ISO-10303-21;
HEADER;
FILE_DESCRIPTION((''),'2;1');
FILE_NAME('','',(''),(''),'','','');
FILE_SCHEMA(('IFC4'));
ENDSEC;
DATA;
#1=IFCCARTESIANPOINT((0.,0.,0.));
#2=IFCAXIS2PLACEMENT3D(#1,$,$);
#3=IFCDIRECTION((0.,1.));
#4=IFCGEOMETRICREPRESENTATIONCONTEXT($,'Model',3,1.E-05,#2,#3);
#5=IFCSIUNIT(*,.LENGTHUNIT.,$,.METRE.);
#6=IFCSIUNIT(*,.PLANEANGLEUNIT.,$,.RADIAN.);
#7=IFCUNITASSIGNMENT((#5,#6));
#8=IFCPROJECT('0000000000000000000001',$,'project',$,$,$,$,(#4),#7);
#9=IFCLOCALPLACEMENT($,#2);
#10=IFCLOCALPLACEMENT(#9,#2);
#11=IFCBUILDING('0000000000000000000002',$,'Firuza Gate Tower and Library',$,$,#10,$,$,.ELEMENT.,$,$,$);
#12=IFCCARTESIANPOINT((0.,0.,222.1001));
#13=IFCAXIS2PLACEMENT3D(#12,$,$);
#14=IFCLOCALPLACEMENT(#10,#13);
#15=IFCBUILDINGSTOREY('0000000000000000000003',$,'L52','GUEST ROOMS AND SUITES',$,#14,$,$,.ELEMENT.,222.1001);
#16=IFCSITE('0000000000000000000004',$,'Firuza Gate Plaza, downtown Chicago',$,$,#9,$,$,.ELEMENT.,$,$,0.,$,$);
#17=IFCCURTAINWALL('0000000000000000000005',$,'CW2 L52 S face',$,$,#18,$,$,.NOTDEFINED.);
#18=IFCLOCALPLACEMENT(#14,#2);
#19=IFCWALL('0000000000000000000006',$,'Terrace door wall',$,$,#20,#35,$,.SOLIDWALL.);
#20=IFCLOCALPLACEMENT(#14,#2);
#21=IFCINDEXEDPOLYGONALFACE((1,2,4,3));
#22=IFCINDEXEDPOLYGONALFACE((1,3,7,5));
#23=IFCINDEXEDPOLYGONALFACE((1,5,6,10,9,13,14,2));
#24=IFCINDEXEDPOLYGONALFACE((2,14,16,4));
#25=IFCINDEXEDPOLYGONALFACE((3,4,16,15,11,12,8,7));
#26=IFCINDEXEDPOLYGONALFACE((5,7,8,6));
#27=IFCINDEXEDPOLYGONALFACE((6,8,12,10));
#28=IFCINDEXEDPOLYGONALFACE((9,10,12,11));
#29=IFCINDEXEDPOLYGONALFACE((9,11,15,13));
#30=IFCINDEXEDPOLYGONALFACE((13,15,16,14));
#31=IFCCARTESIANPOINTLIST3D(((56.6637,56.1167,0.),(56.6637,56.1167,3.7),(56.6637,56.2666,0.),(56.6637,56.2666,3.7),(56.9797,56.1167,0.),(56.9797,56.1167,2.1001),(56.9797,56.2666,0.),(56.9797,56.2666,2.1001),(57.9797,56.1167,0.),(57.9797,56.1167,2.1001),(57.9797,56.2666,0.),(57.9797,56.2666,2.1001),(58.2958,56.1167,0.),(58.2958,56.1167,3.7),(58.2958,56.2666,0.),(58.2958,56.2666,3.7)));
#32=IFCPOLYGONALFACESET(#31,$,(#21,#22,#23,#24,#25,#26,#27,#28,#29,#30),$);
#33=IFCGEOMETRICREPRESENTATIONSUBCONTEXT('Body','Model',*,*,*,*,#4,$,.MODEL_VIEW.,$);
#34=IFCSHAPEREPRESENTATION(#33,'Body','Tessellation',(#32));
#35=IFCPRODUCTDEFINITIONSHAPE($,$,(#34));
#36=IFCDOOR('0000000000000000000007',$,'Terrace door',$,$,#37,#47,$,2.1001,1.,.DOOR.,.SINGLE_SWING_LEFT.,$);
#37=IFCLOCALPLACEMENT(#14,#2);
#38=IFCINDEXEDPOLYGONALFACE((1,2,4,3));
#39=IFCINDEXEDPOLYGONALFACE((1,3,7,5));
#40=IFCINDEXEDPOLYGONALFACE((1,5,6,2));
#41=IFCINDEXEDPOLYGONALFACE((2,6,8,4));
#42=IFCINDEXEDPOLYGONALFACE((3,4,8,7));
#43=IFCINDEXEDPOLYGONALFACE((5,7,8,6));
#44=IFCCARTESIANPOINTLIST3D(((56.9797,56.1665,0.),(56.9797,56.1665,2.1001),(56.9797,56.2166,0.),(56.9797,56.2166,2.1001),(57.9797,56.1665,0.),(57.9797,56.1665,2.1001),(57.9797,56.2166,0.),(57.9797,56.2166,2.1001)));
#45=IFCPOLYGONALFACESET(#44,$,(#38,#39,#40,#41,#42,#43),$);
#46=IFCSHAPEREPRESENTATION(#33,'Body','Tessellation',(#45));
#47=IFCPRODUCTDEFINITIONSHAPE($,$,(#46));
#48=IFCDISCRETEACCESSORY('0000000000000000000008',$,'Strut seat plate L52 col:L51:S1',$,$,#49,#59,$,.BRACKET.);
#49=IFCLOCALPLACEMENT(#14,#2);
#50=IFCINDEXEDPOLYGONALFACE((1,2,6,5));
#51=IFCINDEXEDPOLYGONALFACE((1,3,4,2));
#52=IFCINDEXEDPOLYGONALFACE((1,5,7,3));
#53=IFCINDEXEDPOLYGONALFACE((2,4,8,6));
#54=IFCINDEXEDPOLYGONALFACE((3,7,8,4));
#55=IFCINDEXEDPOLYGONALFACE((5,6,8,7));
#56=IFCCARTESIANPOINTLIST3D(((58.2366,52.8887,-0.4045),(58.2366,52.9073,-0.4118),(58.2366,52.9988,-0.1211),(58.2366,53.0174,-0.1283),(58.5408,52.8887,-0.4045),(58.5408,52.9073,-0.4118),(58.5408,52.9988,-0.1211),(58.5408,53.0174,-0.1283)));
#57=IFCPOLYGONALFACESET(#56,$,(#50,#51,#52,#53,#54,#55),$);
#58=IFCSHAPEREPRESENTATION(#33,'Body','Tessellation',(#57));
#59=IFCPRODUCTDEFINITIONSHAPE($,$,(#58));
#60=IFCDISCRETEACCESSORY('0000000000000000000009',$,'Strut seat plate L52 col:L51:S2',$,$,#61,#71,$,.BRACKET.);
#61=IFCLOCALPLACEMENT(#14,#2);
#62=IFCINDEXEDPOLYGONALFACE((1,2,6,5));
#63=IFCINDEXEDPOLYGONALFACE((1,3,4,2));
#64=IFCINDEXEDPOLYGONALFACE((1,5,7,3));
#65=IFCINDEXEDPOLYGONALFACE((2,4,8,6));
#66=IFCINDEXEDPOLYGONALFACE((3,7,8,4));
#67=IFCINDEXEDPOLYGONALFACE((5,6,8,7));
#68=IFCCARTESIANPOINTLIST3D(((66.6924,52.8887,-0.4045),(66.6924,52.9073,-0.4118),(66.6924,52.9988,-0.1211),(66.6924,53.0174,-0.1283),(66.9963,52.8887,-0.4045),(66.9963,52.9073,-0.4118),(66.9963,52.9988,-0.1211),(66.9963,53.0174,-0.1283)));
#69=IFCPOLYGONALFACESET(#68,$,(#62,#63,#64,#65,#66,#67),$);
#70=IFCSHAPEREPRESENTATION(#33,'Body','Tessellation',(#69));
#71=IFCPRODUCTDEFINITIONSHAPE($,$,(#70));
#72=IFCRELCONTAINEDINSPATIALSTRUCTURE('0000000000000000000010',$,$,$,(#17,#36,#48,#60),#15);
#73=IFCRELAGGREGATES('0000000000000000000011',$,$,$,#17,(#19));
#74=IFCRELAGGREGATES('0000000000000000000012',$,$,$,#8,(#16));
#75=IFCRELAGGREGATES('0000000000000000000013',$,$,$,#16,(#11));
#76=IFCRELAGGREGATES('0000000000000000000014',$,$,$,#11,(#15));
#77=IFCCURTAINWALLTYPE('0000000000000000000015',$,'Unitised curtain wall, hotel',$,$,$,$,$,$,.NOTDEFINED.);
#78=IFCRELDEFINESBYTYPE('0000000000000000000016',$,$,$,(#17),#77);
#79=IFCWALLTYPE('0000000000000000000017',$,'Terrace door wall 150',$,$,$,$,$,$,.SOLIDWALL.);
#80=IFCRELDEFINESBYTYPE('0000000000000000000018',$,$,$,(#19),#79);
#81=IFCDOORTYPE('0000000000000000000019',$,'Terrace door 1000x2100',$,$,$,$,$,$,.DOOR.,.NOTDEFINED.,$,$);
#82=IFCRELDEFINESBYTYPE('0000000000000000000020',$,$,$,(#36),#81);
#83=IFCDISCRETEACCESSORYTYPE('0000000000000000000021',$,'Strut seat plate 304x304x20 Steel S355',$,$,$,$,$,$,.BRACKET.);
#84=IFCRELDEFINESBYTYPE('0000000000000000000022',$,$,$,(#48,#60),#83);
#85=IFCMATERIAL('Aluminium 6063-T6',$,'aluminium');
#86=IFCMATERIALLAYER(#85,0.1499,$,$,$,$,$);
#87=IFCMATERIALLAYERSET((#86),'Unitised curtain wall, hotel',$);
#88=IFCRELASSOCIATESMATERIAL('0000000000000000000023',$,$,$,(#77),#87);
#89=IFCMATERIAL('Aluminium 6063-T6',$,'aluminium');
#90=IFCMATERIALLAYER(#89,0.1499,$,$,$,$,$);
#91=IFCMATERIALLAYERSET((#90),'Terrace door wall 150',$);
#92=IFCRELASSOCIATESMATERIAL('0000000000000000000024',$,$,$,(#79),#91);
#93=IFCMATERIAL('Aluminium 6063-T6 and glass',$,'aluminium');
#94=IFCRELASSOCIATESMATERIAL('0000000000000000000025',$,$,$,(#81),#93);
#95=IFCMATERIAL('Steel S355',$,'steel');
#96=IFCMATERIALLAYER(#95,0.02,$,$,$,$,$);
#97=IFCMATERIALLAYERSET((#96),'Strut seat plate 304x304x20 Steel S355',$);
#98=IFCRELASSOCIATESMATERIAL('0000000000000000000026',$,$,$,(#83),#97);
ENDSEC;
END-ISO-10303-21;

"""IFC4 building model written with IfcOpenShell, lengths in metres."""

from ifc_helpers import new_model, si_unit, direction, frame, frame_2d, origin, place, context, subcontext, project, spatial, polyline, rectangle, outline, extrude, material, layer, layer_set, type_object, element, fill, aggregate, save


model = new_model("IFC4")

# Units and contexts
model_context = context("Model", 3, precision=1e-05, world=origin(), true_north=direction((0.0, 1.0)))
body_context = subcontext(model_context, "Body", "Model", "MODEL_VIEW")
ifc_project = project(units=[si_unit("LENGTHUNIT", "METRE"), si_unit("PLANEANGLEUNIT", "RADIAN")], contexts=[model_context])

# Site, building, storey
site_placement = place(None, origin())
site = spatial("IfcSite", under=ifc_project, at=site_placement, Name="Firuza Gate Plaza, downtown Chicago", CompositionType="ELEMENT", RefElevation=0.0)
building_placement = place(site_placement, origin())
building = spatial("IfcBuilding", under=site, at=building_placement, Name="Firuza Gate Tower and Library", CompositionType="ELEMENT")
storey_placement = place(building_placement, frame((0.0, 0.0, 222.1001)))
storey = spatial("IfcBuildingStorey", under=building, at=storey_placement, Name="L52", Description="GUEST ROOMS AND SUITES", CompositionType="ELEMENT", Elevation=222.1001)

# Curtain wall
ifc_material_1 = material(Name="Aluminium 6063-T6", Category="aluminium")
ifc_layer_1 = layer(ifc_material_1, 0.1499)
ifc_layer_set_1 = layer_set([ifc_layer_1], Name="Unitised curtain wall, hotel")
curtain_wall_type = type_object("IfcCurtainWallType", Name="Unitised curtain wall, hotel", PredefinedType="NOTDEFINED", material=ifc_layer_set_1)
curtain_wall_placement = place(storey_placement, origin())
curtain_wall = element("IfcCurtainWall", 1, at=curtain_wall_placement, inside=storey, type_object=curtain_wall_type, Name="CW2 L52 S face", PredefinedType="NOTDEFINED")

# Wall, opening, door
ifc_material_2 = material(Name="Aluminium 6063-T6", Category="aluminium")
ifc_layer_2 = layer(ifc_material_2, 0.1499)
ifc_layer_set_2 = layer_set([ifc_layer_2], Name="Terrace door wall 150")
wall_type_1 = type_object("IfcWallType", Name="Terrace door wall 150", PredefinedType="SOLIDWALL", material=ifc_layer_set_2)
wall_1_placement = place(storey_placement, frame((56.6638, 56.1917, 0.0), z_axis=(0.0, 0.0, 1.0), x_axis=(1.0, 0.0, 0.0)))
wall_1 = element("IfcWall", 2, at=wall_1_placement, type_object=wall_type_1, Name="Terrace door wall", PredefinedType="SOLIDWALL", context=body_context, shape_type="SweptSolid", body=[
    extrude(rectangle(XDim=1.6321, YDim=0.1499, at=frame_2d((0.8159, 0.0))), origin(), (0.0, 0.0, 1.0), 3.7),
])
opening_placement = place(wall_1_placement, frame((0.3159, 0.0, 0.0)))
opening = element("IfcOpeningElement", 3, at=opening_placement, cuts=wall_1, PredefinedType="OPENING", context=body_context, shape_type="SweptSolid", body=[
    extrude(rectangle(XDim=1.0, YDim=2.1001, at=frame_2d((0.5, 1.05))), frame((0.0, 0.085, 0.0), z_axis=(0.0, -1.0, 0.0), x_axis=(1.0, 0.0, 0.0)), (0.0, 0.0, 1.0), 0.1699),
])
ifc_material_3 = material(Name="Aluminium 6063-T6 and glass", Category="aluminium")
door_type = type_object("IfcDoorType", Name="Terrace door 1000x2100", OperationType="NOTDEFINED", PredefinedType="DOOR", material=ifc_material_3)
door_placement = place(opening_placement, origin())
door = element("IfcDoor", 4, at=door_placement, inside=storey, type_object=door_type, Name="Terrace door", OperationType="SINGLE_SWING_LEFT", OverallHeight=2.1001, OverallWidth=1.0, PredefinedType="DOOR", context=body_context, shape_type="SweptSolid", body=[
    extrude(rectangle(XDim=1.0, YDim=2.1001, at=frame_2d((0.5, 1.05))), frame((0.0, 0.0249, 0.0), z_axis=(0.0, -1.0, 0.0), x_axis=(1.0, 0.0, 0.0)), (0.0, 0.0, 1.0), 0.05),
])
fill(opening, door)
aggregate(curtain_wall, [wall_1])

# Discrete accessories
ifc_material_4 = material(Name="Steel S355", Category="steel")
ifc_layer_3 = layer(ifc_material_4, 0.02)
ifc_layer_set_3 = layer_set([ifc_layer_3], Name="Strut seat plate 304x304x20 Steel S355")
discrete_accessory_type = type_object("IfcDiscreteAccessoryType", Name="Strut seat plate 304x304x20 Steel S355", PredefinedType="BRACKET", material=ifc_layer_set_3)
discrete_accessory_1_placement = place(storey_placement, frame((58.2366, 52.9988, -0.1211), z_axis=(0.0, -0.93214, 0.362098), x_axis=(1.0, 0.0, 0.0)))
element("IfcDiscreteAccessory", 5, at=discrete_accessory_1_placement, inside=storey, type_object=discrete_accessory_type, Name="Strut seat plate L52 col:L51:S1", PredefinedType="BRACKET", context=body_context, shape_type="SweptSolid", body=[
    extrude(outline(polyline([(0.0, 0.0), (0.3042, 0.0), (0.3042, -0.3041), (0.0, -0.3041), (0.0, 0.0)])), origin(), (0.0, 0.0, -1.0), 0.02),
])
discrete_accessory_2_placement = place(storey_placement, frame((66.6924, 52.9988, -0.1211), z_axis=(0.0, -0.93214, 0.362098), x_axis=(1.0, 0.0, 0.0)))
element("IfcDiscreteAccessory", 6, at=discrete_accessory_2_placement, inside=storey, type_object=discrete_accessory_type, Name="Strut seat plate L52 col:L51:S2", PredefinedType="BRACKET", context=body_context, shape_type="SweptSolid", body=[
    extrude(outline(polyline([(0.0, 0.0), (0.304, 0.0), (0.304, -0.3041), (0.0, -0.3041), (0.0, 0.0)])), origin(), (0.0, 0.0, -1.0), 0.02),
])

save(model, "model.ifc")
